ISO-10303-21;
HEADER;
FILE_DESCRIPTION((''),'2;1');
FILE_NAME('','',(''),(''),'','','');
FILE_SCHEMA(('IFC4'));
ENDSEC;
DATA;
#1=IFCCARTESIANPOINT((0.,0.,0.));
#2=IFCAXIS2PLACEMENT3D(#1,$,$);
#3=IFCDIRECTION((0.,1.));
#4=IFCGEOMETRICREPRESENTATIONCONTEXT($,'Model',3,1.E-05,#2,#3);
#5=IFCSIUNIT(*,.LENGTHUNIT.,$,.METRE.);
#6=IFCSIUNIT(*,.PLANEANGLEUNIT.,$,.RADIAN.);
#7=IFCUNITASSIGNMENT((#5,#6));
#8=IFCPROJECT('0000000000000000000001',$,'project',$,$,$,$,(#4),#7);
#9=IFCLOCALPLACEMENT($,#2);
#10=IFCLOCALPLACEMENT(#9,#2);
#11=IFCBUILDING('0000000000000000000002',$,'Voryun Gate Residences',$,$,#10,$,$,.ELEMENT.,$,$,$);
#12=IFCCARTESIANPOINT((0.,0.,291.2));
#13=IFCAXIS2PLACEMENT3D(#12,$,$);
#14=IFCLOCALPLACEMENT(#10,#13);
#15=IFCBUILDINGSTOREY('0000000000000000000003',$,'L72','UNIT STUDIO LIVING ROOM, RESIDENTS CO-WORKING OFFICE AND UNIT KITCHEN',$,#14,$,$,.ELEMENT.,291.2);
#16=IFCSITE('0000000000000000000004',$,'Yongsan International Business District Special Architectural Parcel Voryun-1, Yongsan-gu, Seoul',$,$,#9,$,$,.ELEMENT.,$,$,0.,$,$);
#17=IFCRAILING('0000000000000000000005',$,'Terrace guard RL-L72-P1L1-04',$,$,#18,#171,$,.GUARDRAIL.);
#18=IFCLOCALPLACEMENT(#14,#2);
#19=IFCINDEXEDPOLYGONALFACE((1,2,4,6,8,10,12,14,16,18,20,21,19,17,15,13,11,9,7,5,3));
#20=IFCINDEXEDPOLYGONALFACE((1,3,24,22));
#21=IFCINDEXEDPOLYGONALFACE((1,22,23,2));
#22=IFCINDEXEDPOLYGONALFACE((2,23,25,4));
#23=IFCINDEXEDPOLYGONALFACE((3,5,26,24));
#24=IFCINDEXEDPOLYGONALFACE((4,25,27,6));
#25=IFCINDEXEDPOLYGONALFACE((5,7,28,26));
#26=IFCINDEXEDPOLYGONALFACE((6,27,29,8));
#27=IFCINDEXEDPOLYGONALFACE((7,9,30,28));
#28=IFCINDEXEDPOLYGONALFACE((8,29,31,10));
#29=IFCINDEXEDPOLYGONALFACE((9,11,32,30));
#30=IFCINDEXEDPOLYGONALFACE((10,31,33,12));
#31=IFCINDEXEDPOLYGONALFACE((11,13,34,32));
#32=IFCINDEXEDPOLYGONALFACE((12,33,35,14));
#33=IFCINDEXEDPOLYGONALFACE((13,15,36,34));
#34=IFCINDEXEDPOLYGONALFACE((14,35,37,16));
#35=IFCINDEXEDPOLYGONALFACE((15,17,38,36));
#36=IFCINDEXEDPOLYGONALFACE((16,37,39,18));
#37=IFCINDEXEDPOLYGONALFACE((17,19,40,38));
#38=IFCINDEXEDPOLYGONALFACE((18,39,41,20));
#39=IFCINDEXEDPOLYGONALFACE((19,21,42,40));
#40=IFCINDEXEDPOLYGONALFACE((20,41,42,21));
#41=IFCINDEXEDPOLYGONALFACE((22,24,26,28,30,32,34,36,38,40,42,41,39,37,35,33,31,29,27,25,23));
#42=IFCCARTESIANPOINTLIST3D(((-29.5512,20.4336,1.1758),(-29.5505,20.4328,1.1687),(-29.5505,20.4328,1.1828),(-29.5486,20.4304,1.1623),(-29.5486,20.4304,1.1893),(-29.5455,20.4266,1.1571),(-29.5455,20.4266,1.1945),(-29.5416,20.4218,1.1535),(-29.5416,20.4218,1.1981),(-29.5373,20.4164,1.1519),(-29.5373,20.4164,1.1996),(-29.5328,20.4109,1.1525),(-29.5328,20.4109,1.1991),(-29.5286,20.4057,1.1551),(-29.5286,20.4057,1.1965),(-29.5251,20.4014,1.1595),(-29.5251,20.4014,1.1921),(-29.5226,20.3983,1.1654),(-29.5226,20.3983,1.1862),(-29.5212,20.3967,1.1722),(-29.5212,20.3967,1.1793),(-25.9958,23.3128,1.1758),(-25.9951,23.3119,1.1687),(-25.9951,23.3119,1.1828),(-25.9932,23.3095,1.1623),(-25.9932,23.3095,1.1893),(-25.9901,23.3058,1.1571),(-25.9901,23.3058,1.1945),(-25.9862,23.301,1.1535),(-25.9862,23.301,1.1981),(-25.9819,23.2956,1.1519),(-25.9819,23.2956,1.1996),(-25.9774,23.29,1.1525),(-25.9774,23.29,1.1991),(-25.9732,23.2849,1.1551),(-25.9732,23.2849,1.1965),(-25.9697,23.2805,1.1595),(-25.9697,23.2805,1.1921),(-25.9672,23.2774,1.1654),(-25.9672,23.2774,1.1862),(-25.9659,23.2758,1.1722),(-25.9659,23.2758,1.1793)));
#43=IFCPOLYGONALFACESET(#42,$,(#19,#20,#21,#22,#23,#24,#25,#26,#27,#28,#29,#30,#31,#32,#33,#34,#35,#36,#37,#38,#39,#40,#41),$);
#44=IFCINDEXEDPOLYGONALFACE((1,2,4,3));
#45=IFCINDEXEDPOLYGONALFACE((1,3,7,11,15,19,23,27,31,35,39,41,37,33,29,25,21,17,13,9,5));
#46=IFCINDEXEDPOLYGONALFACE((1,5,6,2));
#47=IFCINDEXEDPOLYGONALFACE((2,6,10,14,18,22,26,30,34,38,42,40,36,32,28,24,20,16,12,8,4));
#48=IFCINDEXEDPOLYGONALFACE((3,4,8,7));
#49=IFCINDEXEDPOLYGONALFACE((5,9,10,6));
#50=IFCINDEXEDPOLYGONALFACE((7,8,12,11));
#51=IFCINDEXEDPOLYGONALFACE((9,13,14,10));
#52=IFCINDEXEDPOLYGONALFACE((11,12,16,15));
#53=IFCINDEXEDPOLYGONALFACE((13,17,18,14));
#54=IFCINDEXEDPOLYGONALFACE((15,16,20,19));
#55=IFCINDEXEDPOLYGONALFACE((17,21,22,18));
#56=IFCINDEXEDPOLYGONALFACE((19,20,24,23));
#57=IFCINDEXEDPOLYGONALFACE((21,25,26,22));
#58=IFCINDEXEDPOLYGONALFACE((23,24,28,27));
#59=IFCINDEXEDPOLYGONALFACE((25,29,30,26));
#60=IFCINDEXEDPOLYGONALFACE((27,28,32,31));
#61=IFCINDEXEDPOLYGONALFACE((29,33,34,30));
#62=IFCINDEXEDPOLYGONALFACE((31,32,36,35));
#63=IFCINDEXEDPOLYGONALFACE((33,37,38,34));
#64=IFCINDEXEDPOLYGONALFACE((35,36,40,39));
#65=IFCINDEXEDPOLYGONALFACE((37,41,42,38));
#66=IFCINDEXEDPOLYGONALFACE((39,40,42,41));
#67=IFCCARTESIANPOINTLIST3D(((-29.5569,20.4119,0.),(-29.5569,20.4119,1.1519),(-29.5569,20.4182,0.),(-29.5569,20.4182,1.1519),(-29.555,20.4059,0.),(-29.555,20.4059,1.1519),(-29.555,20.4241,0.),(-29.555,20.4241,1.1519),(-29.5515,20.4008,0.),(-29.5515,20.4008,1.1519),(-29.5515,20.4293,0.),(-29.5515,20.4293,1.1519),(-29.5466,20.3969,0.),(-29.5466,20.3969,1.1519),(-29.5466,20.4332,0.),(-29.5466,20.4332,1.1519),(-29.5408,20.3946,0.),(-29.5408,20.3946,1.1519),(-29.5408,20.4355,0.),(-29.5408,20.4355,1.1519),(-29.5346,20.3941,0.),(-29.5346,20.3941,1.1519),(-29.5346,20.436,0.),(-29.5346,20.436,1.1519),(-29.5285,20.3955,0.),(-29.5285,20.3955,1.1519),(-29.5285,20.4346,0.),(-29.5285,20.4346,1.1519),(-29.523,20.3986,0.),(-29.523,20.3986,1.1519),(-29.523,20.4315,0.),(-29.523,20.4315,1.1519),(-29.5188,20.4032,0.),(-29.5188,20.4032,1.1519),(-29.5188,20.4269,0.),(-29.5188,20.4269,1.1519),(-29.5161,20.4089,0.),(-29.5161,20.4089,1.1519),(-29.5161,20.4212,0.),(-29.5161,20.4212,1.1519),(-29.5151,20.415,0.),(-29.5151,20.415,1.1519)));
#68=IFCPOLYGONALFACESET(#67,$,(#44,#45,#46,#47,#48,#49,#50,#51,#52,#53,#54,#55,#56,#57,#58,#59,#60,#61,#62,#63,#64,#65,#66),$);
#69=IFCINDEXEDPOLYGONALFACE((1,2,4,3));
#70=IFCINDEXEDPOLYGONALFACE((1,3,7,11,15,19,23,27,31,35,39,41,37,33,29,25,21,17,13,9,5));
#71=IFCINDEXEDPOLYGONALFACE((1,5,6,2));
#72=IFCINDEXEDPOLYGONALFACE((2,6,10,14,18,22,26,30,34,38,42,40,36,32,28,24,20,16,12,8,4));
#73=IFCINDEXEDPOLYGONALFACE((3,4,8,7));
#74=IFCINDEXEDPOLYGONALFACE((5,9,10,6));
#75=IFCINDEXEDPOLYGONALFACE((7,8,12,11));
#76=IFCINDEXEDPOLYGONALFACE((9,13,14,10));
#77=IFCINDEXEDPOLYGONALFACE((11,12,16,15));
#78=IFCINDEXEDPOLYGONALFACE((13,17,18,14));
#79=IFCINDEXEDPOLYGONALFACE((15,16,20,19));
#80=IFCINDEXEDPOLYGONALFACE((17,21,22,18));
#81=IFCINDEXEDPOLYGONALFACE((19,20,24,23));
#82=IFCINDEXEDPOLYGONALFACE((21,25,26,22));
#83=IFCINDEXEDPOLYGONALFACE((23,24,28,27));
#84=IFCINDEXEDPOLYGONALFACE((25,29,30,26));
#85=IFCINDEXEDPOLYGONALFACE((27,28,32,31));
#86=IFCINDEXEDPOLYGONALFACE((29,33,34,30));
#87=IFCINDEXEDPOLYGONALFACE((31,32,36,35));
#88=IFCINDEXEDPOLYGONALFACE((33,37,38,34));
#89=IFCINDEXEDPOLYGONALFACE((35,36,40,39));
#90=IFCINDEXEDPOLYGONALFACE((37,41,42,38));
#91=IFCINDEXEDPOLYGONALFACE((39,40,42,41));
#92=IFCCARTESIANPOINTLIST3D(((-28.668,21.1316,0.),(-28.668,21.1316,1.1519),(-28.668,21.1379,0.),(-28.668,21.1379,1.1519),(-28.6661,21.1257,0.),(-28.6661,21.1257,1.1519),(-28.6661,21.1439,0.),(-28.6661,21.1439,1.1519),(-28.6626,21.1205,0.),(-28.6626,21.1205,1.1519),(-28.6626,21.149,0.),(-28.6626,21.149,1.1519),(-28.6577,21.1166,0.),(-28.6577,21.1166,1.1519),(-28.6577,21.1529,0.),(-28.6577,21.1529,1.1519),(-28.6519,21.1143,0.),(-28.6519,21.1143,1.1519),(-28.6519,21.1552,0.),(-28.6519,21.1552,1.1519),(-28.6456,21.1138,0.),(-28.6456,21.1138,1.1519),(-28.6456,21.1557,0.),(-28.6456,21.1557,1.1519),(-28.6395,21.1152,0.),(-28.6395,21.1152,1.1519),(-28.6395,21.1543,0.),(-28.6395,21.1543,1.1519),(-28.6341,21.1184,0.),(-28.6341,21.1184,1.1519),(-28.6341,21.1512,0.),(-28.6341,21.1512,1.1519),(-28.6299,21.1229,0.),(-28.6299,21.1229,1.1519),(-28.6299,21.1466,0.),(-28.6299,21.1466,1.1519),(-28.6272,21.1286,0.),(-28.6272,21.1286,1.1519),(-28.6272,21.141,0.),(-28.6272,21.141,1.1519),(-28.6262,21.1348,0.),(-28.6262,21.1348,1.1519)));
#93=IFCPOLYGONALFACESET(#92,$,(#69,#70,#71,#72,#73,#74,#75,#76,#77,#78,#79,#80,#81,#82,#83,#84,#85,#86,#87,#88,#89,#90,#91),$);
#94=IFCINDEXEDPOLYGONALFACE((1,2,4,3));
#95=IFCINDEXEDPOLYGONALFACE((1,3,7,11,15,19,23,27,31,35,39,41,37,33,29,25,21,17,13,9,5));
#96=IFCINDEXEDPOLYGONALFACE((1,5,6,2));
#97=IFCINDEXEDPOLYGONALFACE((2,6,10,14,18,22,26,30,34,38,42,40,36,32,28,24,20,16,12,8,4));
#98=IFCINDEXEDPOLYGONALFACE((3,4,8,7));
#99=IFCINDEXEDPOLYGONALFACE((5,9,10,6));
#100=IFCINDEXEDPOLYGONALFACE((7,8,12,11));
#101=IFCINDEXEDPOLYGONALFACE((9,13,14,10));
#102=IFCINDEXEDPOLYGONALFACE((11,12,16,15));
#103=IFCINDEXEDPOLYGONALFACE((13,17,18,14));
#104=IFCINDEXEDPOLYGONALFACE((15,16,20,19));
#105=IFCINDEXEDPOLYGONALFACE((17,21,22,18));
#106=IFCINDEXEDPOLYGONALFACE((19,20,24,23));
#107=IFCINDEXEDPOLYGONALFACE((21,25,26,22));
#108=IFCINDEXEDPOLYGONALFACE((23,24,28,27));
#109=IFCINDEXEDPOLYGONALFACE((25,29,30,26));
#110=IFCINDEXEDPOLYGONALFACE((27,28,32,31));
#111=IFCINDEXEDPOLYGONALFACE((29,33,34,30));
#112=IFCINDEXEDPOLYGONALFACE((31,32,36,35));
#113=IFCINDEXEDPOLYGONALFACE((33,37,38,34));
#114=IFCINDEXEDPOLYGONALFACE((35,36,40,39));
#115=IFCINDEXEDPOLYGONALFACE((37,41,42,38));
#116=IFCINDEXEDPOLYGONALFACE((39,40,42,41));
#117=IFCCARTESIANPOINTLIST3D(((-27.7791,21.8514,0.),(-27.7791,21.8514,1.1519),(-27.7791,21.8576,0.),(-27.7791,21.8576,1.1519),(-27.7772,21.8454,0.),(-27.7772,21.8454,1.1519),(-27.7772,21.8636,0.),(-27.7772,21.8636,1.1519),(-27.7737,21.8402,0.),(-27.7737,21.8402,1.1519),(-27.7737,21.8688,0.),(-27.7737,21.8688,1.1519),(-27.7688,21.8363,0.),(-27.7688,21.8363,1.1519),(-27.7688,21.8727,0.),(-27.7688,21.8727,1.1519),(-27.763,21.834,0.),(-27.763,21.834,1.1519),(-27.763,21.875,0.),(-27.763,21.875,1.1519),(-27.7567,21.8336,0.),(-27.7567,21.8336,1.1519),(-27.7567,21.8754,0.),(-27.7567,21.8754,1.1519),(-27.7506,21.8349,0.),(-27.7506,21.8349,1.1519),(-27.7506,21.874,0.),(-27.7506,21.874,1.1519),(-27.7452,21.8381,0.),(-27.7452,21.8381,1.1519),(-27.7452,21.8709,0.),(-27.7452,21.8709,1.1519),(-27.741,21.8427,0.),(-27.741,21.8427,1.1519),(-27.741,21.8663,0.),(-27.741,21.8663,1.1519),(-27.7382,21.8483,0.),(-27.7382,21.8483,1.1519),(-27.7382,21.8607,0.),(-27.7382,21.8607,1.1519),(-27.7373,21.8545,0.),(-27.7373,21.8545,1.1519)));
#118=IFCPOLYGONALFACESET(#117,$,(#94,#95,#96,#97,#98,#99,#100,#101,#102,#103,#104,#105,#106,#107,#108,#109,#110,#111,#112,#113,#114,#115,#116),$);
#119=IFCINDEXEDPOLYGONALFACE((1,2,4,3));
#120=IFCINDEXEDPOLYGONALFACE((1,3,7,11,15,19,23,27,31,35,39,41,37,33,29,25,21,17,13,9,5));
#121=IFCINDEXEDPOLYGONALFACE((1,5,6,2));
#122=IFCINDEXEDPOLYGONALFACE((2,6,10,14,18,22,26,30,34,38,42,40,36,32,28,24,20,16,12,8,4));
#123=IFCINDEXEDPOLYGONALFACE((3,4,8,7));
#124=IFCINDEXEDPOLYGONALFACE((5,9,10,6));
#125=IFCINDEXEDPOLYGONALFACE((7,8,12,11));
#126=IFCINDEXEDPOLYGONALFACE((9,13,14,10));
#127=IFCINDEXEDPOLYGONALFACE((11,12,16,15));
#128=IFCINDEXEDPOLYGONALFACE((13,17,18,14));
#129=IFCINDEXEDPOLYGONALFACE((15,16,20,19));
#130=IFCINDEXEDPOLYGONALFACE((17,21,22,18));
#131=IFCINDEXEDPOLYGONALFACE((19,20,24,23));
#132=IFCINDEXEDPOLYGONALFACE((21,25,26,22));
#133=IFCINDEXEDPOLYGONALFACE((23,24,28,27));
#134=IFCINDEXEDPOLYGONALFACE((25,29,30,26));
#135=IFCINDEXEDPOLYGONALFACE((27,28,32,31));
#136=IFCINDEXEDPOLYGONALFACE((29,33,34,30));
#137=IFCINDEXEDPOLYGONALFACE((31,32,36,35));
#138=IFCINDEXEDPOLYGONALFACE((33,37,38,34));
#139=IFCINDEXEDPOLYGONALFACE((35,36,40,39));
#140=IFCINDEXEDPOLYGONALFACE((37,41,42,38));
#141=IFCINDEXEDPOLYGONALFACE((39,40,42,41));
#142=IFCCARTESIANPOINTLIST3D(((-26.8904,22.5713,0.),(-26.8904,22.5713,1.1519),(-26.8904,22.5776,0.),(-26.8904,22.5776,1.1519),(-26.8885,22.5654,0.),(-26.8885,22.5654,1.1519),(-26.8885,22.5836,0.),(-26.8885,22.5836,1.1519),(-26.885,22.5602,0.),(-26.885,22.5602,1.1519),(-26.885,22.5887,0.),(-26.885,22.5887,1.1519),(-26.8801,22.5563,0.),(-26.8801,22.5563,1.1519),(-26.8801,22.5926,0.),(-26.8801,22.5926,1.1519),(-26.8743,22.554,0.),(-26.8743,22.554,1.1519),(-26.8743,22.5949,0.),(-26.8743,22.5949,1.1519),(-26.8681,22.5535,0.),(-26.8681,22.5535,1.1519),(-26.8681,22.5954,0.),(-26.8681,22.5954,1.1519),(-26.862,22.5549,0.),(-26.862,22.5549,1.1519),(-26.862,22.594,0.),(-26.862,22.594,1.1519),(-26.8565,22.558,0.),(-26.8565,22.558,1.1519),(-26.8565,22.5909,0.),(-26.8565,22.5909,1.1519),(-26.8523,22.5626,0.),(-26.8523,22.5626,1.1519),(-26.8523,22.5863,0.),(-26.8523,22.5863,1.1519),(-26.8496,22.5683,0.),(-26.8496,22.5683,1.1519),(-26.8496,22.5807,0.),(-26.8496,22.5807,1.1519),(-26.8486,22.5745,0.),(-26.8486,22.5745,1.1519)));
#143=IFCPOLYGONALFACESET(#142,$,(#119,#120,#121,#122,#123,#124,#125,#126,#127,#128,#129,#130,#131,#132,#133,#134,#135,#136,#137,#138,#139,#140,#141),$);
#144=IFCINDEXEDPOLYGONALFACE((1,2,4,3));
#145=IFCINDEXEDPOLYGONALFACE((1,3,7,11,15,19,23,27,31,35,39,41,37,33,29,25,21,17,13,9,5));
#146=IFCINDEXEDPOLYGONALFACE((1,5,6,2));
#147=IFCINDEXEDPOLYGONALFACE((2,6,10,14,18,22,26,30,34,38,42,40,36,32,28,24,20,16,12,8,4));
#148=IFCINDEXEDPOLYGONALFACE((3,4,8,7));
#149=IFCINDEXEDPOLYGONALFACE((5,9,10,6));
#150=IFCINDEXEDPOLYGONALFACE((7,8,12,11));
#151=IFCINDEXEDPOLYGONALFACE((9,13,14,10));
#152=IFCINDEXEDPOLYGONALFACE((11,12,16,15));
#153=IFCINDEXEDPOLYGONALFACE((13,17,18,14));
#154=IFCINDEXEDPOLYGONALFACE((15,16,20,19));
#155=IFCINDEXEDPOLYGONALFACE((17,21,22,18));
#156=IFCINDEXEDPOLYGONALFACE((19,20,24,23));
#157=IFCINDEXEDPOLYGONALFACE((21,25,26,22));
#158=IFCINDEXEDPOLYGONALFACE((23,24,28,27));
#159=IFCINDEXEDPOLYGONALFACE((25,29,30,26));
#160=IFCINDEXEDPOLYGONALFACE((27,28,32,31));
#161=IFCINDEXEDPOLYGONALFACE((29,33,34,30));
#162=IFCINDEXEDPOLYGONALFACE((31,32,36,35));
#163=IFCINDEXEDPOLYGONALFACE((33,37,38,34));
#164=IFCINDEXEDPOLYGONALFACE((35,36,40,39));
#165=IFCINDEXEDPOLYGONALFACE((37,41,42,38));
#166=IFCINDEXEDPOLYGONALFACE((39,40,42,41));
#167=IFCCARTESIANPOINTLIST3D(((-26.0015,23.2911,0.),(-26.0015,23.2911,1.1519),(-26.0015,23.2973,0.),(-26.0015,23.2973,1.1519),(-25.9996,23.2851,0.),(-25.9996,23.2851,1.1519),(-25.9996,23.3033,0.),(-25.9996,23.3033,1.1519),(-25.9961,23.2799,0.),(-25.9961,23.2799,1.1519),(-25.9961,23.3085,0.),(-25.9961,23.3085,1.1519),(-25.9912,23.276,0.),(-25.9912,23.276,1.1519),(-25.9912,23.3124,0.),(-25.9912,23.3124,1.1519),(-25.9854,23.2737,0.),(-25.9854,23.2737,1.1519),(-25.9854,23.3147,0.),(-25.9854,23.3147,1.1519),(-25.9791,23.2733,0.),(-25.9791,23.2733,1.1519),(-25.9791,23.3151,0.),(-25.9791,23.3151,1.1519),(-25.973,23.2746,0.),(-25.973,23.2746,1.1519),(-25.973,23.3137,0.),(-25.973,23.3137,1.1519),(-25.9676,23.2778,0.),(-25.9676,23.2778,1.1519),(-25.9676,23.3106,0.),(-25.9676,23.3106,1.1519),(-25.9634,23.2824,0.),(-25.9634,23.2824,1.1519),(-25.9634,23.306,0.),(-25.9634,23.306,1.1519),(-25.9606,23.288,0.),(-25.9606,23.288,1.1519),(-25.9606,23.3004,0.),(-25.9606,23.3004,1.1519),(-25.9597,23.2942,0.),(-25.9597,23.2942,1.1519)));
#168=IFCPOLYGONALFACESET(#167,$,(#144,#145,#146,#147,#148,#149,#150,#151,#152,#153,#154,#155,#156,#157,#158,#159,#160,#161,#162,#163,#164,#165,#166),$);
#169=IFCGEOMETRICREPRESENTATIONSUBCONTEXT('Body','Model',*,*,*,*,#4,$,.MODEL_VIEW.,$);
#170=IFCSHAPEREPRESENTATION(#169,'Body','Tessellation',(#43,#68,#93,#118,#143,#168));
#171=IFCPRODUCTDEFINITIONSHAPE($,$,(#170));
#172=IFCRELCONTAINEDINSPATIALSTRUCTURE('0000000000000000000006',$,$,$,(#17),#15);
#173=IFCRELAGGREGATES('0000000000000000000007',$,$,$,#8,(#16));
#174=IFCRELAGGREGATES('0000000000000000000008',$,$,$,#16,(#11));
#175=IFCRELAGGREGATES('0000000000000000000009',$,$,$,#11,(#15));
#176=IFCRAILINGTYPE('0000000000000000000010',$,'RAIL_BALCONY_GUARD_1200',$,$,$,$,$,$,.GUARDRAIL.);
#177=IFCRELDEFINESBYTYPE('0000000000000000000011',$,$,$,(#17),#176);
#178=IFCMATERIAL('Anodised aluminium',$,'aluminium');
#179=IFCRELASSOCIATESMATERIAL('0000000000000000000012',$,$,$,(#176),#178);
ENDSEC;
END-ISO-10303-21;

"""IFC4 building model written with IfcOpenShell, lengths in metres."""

from ifc_helpers import new_model, si_unit, direction, frame, origin, origin_2d, place, context, subcontext, project, spatial, circle, extrude, material, type_object, element, save


model = new_model("IFC4")

# Units and contexts
model_context = context("Model", 3, precision=1e-05, world=origin(), true_north=direction((0.0, 1.0)))
body_context = subcontext(model_context, "Body", "Model", "MODEL_VIEW")
ifc_project = project(units=[si_unit("LENGTHUNIT", "METRE"), si_unit("PLANEANGLEUNIT", "RADIAN")], contexts=[model_context])

# Site, building, storey
site_placement = place(None, origin())
site = spatial("IfcSite", under=ifc_project, at=site_placement, Name="Yongsan International Business District Special Architectural Parcel Voryun-1, Yongsan-gu, Seoul", CompositionType="ELEMENT", RefElevation=0.0)
building_placement = place(site_placement, origin())
building = spatial("IfcBuilding", under=site, at=building_placement, Name="Voryun Gate Residences", CompositionType="ELEMENT")
storey_placement = place(building_placement, frame((0.0, 0.0, 291.2)))
storey = spatial("IfcBuildingStorey", under=building, at=storey_placement, Name="L72", Description="UNIT STUDIO LIVING ROOM, RESIDENTS CO-WORKING OFFICE AND UNIT KITCHEN", CompositionType="ELEMENT", Elevation=291.2)

# Railing
ifc_material_1 = material(Name="Anodised aluminium", Category="aluminium")
railing_type = type_object("IfcRailingType", Name="RAIL_BALCONY_GUARD_1200", PredefinedType="GUARDRAIL", material=ifc_material_1)
railing_1_placement = place(storey_placement, frame((-29.5361, 20.415, 0.0)))
element("IfcRailing", 1, at=railing_1_placement, inside=storey, type_object=railing_type, Name="Terrace guard RL-L72-P1L1-04", PredefinedType="GUARDRAIL", context=body_context, shape_type="SweptSolid", body=[
    extrude(circle(Radius=0.0239, at=origin_2d()), frame((0.0, 0.0, 1.1758), z_axis=(0.777143, 0.629324, 0.0), x_axis=(-0.629324, 0.777143, 0.0)), (0.0, 0.0, 1.0), 4.575),
    extrude(circle(Radius=0.021, at=origin_2d()), origin(), (0.0, 0.0, 1.0), 1.1519),
    extrude(circle(Radius=0.021, at=origin_2d()), frame((0.8889, 0.7197, 0.0)), (0.0, 0.0, 1.0), 1.1519),
    extrude(circle(Radius=0.021, at=origin_2d()), frame((1.7778, 1.4395, 0.0)), (0.0, 0.0, 1.0), 1.1519),
    extrude(circle(Radius=0.021, at=origin_2d()), frame((2.6665, 2.1594, 0.0)), (0.0, 0.0, 1.0), 1.1519),
    extrude(circle(Radius=0.021, at=origin_2d()), frame((3.5554, 2.8792, 0.0)), (0.0, 0.0, 1.0), 1.1519),
])

save(model, "model.ifc")
